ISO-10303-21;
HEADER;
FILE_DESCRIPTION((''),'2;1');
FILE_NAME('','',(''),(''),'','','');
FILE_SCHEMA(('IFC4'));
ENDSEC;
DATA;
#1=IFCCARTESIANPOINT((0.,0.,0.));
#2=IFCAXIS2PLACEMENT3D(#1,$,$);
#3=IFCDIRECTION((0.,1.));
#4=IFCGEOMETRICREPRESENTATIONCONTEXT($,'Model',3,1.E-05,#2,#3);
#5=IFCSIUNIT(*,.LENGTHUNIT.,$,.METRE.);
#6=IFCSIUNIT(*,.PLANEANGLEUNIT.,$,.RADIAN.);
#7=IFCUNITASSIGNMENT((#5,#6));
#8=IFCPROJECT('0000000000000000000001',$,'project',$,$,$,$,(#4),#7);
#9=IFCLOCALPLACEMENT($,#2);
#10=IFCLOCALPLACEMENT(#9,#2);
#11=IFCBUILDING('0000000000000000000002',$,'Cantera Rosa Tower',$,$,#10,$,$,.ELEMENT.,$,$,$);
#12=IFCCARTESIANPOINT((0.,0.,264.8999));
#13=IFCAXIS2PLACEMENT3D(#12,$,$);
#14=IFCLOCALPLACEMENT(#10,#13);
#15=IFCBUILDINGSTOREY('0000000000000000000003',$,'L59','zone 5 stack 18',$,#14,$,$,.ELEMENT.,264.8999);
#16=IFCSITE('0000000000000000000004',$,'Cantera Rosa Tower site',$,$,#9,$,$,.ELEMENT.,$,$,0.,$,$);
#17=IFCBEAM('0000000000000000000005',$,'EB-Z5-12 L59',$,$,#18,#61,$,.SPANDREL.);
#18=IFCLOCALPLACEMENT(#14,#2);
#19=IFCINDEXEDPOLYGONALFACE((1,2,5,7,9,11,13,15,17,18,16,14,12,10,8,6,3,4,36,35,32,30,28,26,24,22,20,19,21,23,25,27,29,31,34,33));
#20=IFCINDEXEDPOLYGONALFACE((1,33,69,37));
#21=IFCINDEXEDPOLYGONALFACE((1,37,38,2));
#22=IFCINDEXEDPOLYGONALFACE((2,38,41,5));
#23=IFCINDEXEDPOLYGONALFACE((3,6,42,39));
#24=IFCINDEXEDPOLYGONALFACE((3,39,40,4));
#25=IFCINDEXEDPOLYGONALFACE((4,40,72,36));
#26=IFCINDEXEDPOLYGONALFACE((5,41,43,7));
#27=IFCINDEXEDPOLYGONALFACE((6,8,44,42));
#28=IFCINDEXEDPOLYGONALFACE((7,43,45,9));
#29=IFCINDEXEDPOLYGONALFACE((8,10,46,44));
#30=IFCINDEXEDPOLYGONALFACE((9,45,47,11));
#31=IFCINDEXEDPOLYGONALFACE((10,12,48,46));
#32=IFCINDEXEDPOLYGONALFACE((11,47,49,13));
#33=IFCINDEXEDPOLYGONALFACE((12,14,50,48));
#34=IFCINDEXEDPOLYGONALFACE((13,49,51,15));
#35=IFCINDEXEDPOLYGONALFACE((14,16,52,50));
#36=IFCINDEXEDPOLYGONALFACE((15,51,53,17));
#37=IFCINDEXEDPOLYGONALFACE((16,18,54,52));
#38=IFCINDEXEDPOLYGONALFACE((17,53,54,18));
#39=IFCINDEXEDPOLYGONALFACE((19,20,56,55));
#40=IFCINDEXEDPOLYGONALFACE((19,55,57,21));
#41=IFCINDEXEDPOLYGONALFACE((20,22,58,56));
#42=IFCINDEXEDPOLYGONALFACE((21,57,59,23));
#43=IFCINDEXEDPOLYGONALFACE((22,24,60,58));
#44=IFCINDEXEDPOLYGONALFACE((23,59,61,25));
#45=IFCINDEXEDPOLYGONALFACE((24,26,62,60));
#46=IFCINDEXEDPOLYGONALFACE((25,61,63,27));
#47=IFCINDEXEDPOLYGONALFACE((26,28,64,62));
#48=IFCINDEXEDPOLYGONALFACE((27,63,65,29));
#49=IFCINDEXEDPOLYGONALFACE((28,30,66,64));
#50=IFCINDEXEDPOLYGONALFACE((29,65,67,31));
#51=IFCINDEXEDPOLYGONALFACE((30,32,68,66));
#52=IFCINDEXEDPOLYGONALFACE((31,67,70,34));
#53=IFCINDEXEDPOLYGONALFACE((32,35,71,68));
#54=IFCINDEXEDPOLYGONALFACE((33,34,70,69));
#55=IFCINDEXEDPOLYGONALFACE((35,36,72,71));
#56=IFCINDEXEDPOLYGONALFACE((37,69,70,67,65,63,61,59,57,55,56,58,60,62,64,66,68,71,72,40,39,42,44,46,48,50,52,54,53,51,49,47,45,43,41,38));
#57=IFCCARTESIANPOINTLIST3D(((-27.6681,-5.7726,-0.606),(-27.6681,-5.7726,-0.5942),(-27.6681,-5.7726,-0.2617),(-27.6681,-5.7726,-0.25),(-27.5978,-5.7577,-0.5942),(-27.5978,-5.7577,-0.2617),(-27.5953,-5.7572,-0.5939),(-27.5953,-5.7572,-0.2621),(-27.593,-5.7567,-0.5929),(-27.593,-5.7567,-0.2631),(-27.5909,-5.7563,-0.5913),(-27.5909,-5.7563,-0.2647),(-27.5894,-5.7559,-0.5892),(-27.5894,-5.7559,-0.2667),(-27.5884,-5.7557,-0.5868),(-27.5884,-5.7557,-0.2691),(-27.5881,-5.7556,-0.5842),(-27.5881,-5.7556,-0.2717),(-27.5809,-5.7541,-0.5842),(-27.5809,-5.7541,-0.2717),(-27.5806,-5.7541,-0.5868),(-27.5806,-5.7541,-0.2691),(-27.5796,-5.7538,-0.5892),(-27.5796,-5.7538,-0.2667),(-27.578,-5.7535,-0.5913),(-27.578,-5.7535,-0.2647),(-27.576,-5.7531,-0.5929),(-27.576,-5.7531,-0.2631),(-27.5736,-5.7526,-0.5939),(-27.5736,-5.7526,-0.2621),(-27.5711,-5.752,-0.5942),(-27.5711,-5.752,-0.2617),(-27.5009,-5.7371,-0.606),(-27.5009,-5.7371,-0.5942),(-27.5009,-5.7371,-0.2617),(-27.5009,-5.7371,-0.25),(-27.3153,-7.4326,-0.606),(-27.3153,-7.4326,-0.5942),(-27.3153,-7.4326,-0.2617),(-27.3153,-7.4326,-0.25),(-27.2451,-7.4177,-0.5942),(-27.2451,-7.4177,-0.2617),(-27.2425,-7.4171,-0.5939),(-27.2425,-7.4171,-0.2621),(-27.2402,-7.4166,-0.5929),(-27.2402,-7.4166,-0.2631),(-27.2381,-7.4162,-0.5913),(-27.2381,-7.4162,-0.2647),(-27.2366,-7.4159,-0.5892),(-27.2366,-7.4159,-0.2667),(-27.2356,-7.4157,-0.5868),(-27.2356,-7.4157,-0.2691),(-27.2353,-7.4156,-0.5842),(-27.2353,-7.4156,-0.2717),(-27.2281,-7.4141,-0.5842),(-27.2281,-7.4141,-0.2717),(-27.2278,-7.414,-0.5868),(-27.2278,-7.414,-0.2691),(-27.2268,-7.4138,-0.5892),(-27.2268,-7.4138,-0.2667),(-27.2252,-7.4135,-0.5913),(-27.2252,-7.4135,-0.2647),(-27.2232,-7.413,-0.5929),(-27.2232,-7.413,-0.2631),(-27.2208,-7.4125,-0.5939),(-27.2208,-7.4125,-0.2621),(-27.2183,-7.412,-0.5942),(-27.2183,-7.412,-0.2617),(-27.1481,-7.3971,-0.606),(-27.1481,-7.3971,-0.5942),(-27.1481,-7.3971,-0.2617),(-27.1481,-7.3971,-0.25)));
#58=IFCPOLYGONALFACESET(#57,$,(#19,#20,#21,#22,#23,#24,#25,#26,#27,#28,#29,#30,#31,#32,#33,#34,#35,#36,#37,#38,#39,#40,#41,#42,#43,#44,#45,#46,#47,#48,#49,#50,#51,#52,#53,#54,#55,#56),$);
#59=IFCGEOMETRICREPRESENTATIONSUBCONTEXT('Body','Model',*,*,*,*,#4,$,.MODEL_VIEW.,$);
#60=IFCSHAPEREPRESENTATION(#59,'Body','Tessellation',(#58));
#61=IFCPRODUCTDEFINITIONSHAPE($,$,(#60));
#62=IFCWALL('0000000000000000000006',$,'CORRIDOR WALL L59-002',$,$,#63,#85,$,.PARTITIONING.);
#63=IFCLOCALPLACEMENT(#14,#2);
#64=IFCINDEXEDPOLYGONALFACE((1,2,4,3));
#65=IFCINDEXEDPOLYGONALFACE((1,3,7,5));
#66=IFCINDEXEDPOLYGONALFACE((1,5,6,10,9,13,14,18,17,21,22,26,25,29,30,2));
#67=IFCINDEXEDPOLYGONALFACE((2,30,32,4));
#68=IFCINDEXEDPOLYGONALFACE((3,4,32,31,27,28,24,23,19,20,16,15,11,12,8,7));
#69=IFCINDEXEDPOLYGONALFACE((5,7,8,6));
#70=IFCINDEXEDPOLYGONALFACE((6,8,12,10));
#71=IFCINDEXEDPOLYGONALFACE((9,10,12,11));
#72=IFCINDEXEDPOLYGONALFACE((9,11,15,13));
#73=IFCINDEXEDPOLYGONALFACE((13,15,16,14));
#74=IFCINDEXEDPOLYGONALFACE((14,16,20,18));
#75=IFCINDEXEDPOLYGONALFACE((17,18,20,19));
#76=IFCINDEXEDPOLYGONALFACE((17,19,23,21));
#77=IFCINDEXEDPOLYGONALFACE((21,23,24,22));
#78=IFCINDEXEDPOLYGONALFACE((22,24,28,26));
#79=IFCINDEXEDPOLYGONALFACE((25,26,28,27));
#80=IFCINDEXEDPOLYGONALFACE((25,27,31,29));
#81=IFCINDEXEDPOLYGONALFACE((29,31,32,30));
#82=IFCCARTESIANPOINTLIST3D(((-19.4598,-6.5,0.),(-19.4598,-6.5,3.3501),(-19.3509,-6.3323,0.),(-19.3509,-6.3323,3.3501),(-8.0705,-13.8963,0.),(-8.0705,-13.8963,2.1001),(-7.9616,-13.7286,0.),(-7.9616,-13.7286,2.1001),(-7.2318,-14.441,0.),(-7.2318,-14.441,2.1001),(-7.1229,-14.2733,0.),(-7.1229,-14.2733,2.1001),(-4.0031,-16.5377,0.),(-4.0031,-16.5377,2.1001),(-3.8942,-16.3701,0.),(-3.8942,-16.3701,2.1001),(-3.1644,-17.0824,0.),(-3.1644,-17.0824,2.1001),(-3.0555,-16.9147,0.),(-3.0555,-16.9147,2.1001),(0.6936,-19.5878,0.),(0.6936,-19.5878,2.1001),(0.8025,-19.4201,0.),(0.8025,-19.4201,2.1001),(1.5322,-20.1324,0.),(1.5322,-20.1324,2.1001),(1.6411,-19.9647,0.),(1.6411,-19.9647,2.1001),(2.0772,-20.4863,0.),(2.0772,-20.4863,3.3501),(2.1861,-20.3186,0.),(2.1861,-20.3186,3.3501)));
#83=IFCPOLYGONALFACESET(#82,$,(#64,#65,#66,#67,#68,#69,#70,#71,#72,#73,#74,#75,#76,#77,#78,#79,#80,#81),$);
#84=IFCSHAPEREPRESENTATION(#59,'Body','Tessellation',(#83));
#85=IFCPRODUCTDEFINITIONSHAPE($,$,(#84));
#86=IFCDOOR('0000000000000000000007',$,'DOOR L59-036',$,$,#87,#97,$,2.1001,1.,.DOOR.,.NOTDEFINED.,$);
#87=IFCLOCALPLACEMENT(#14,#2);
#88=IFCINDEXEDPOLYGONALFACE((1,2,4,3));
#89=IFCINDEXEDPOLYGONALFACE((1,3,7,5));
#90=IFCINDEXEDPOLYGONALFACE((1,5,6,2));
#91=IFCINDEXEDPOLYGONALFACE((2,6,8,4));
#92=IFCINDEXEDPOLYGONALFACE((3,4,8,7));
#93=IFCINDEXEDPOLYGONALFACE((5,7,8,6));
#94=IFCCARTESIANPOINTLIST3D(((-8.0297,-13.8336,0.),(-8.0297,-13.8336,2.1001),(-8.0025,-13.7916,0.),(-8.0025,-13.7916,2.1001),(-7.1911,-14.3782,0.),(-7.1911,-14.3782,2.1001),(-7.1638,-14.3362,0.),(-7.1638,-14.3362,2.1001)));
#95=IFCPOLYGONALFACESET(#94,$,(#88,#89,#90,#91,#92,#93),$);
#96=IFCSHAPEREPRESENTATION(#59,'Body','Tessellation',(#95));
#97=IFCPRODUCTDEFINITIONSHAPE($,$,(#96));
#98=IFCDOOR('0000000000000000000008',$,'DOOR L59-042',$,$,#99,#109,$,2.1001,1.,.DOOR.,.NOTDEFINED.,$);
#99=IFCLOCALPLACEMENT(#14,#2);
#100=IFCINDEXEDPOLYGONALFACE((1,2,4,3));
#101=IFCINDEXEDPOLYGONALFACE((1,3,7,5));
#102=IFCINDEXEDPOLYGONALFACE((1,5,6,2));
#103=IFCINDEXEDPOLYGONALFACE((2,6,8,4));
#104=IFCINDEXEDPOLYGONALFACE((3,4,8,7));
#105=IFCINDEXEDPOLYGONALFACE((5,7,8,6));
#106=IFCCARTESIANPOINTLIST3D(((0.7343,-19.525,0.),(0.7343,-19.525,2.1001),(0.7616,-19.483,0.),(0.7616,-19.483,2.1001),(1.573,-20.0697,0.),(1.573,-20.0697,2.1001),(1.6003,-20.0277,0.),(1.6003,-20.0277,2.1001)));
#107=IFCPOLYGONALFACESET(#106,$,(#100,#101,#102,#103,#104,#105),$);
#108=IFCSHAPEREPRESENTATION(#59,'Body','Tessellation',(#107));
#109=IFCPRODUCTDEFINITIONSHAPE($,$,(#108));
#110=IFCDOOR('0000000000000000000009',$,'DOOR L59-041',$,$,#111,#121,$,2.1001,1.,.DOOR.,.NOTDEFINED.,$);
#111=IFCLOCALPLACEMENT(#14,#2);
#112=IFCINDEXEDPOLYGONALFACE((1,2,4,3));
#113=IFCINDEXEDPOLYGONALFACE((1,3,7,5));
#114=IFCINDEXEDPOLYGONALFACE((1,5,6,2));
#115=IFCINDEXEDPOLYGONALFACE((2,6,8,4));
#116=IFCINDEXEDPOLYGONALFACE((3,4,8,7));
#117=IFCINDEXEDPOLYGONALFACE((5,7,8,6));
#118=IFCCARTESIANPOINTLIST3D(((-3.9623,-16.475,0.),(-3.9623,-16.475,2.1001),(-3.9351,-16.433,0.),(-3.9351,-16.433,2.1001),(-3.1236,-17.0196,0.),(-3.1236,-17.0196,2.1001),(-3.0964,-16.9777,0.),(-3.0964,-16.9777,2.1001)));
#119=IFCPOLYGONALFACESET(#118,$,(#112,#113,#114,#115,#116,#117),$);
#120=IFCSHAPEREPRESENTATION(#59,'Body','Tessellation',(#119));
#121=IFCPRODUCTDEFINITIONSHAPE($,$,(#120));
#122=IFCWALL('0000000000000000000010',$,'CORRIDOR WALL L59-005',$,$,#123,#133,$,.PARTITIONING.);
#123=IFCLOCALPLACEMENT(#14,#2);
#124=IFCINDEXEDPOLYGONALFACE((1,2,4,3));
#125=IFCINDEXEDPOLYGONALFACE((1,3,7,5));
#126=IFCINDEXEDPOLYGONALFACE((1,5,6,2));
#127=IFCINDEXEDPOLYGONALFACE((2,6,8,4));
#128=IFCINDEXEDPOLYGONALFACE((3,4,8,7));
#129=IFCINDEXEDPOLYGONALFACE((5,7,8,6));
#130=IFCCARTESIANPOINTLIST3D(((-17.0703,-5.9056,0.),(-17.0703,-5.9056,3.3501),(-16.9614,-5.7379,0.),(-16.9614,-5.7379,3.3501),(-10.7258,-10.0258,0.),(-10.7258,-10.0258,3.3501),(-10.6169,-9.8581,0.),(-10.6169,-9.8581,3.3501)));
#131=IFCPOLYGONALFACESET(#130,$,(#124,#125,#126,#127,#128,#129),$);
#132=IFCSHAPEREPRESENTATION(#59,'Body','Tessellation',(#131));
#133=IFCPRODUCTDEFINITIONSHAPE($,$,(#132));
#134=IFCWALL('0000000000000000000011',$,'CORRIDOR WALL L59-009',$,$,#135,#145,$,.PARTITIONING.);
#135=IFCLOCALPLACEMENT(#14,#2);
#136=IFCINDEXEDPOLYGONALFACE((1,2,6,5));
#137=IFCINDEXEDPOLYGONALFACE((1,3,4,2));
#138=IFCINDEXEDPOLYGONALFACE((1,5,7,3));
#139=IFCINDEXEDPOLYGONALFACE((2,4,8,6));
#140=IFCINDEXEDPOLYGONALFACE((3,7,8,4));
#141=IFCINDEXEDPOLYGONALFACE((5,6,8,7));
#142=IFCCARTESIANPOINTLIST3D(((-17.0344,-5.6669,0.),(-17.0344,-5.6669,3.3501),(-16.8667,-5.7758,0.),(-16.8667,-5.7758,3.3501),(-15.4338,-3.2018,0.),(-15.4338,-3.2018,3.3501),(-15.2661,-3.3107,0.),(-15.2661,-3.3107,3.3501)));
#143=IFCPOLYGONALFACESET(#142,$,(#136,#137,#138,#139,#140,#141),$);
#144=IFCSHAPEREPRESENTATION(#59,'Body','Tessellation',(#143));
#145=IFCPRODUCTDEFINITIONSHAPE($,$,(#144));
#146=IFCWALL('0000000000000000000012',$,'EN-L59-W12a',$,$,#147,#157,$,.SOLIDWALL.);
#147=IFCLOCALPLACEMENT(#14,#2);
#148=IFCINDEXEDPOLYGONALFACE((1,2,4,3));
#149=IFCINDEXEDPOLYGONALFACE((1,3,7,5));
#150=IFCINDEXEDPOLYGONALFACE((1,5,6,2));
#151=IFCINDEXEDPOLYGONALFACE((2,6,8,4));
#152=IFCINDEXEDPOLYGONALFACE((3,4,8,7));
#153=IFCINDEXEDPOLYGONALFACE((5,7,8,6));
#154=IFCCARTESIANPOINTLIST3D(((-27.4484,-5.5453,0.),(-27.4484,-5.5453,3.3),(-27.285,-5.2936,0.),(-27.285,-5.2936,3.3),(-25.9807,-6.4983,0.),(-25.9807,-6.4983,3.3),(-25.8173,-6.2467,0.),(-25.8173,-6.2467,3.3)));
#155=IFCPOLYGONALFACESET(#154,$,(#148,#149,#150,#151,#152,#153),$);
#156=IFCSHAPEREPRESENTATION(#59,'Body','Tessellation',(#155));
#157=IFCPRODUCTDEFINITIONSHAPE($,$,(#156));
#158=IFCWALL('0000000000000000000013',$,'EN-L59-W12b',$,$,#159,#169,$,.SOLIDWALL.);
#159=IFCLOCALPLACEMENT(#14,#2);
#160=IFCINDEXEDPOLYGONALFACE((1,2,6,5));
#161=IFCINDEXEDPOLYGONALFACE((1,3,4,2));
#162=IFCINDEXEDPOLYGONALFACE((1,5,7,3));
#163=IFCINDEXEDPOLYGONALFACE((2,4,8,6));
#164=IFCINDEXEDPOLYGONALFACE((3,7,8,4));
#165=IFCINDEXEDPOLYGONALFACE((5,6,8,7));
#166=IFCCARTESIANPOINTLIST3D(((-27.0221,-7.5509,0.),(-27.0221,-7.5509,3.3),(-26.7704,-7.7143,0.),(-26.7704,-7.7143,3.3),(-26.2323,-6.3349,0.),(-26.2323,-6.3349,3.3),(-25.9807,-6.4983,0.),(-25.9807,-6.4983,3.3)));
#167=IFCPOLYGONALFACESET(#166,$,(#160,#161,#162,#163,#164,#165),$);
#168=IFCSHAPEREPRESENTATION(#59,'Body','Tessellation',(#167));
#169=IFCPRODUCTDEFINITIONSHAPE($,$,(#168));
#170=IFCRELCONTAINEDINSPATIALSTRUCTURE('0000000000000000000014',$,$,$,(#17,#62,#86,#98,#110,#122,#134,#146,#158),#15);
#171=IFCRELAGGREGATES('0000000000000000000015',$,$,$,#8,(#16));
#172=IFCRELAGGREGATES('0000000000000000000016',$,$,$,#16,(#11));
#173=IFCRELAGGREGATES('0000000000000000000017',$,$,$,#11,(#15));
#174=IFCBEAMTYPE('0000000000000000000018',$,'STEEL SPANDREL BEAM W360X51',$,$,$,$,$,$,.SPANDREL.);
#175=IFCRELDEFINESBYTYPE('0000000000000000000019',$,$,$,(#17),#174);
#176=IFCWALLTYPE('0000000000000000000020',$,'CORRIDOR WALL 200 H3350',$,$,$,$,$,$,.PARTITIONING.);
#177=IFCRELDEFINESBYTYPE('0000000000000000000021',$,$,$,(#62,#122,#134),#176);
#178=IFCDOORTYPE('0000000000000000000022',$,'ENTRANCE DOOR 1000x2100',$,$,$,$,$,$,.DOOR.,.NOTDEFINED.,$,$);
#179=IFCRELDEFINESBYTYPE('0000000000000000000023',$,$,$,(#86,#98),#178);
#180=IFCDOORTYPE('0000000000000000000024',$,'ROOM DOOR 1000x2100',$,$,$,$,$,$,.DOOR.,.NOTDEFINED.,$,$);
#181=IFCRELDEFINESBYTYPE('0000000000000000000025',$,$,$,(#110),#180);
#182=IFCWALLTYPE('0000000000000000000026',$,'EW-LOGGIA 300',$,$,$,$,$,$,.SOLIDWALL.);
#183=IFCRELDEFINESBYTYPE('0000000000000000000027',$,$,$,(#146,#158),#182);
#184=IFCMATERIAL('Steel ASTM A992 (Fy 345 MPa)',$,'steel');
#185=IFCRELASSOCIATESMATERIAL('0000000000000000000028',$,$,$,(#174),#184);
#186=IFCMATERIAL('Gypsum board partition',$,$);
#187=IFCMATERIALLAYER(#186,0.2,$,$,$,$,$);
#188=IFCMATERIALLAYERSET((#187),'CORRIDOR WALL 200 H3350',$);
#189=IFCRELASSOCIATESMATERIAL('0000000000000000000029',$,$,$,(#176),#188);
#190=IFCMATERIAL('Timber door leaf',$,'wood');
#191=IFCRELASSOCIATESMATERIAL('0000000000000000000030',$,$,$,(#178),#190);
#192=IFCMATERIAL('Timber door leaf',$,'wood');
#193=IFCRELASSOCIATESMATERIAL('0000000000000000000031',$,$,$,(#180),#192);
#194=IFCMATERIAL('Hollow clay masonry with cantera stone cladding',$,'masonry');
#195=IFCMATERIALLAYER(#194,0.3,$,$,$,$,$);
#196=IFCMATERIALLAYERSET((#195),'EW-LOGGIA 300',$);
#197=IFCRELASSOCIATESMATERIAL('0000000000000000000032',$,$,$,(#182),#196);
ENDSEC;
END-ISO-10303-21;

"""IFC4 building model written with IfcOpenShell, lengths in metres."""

from ifc_helpers import new_model, si_unit, direction, frame, frame_2d, origin, origin_2d, place, context, subcontext, project, spatial, rectangle, i_section, extrude, material, layer, layer_set, material_profile, profile_set, type_object, element, fill, save


model = new_model("IFC4")

# Units and contexts
model_context = context("Model", 3, precision=1e-05, world=origin(), true_north=direction((0.0, 1.0)))
body_context = subcontext(model_context, "Body", "Model", "MODEL_VIEW")
ifc_project = project(units=[si_unit("LENGTHUNIT", "METRE"), si_unit("PLANEANGLEUNIT", "RADIAN")], contexts=[model_context])

# Site, building, storey
site_placement = place(None, origin())
site = spatial("IfcSite", under=ifc_project, at=site_placement, Name="Cantera Rosa Tower site", CompositionType="ELEMENT", RefElevation=0.0)
building_placement = place(site_placement, origin())
building = spatial("IfcBuilding", under=site, at=building_placement, Name="Cantera Rosa Tower", CompositionType="ELEMENT")
storey_placement = place(building_placement, frame((0.0, 0.0, 264.8999)))
storey = spatial("IfcBuildingStorey", under=building, at=storey_placement, Name="L59", Description="zone 5 stack 18", CompositionType="ELEMENT", Elevation=264.8999)

# Beam
ifc_material_1 = material(Name="Steel ASTM A992 (Fy 345 MPa)", Category="steel")
ifc_material_profile_1 = material_profile(ifc_material_1, i_section(OverallWidth=0.1709, OverallDepth=0.356, WebThickness=0.0073, FlangeThickness=0.0117, FilletRadius=0.01, at=origin_2d()), Name="W360X51")
ifc_profile_set_1 = profile_set([ifc_material_profile_1], Name="Steel ASTM A992 (Fy 345 MPa)")
beam_type_1 = type_object("IfcBeamType", Name="STEEL SPANDREL BEAM W360X51", PredefinedType="SPANDREL", material=ifc_profile_set_1)
beam_1_placement = place(storey_placement, frame((-27.5845, -5.7549, -0.428), z_axis=(0.207888, -0.978153, 0.0), x_axis=(0.978153, 0.207888, 0.0)))
element("IfcBeam", 1, at=beam_1_placement, inside=storey, type_object=beam_type_1, Name="EB-Z5-12 L59", PredefinedType="SPANDREL", context=body_context, shape_type="SweptSolid", body=[
    extrude(i_section(OverallWidth=0.1709, OverallDepth=0.356, WebThickness=0.0073, FlangeThickness=0.0117, FilletRadius=0.01, at=origin_2d()), origin(), (0.0, 0.0, 1.0), 1.697),
])

# Wall, openings, doors
ifc_material_2 = material(Name="Gypsum board partition")
ifc_layer_1 = layer(ifc_material_2, 0.2)
ifc_layer_set_1 = layer_set([ifc_layer_1], Name="CORRIDOR WALL 200 H3350")
wall_type_1 = type_object("IfcWallType", Name="CORRIDOR WALL 200 H3350", PredefinedType="PARTITIONING", material=ifc_layer_set_1)
wall_1_placement = place(storey_placement, frame((-19.4053, -6.4163, 0.0), z_axis=(0.0, 0.0, 1.0), x_axis=(0.838671, -0.544638, 0.0)))
wall_1 = element("IfcWall", 2, at=wall_1_placement, inside=storey, type_object=wall_type_1, Name="CORRIDOR WALL L59-002", PredefinedType="PARTITIONING", context=body_context, shape_type="SweptSolid", body=[
    extrude(rectangle(XDim=25.6799, YDim=0.2, at=frame_2d((12.8398, 0.0))), origin(), (0.0, 0.0, 1.0), 3.3501),
])
opening_1_placement = place(wall_1_placement, frame((13.5801, 0.0, 0.0)))
opening_1 = element("IfcOpeningElement", 3, at=opening_1_placement, cuts=wall_1, PredefinedType="OPENING", context=body_context, shape_type="SweptSolid", body=[
    extrude(rectangle(XDim=1.0, YDim=2.1001, at=frame_2d((0.5, 1.05))), frame((0.0, 0.1099, 0.0), z_axis=(0.0, -1.0, 0.0), x_axis=(1.0, 0.0, 0.0)), (0.0, 0.0, 1.0), 0.22),
])
opening_2_placement = place(wall_1_placement, frame((18.4299, 0.0, 0.0)))
opening_2 = element("IfcOpeningElement", 4, at=opening_2_placement, cuts=wall_1, PredefinedType="OPENING", context=body_context, shape_type="SweptSolid", body=[
    extrude(rectangle(XDim=1.0, YDim=2.1001, at=frame_2d((0.5, 1.05))), frame((0.0, 0.1099, 0.0), z_axis=(0.0, -1.0, 0.0), x_axis=(1.0, 0.0, 0.0)), (0.0, 0.0, 1.0), 0.22),
])
opening_3_placement = place(wall_1_placement, frame((24.03, 0.0, 0.0)))
opening_3 = element("IfcOpeningElement", 5, at=opening_3_placement, cuts=wall_1, PredefinedType="OPENING", context=body_context, shape_type="SweptSolid", body=[
    extrude(rectangle(XDim=1.0, YDim=2.1001, at=frame_2d((0.5, 1.05))), frame((0.0, 0.1099, 0.0), z_axis=(0.0, -1.0, 0.0), x_axis=(1.0, 0.0, 0.0)), (0.0, 0.0, 1.0), 0.22),
])
ifc_material_3 = material(Name="Timber door leaf", Category="wood")
door_type_1 = type_object("IfcDoorType", Name="ENTRANCE DOOR 1000x2100", OperationType="NOTDEFINED", PredefinedType="DOOR", material=ifc_material_3)
door_1_placement = place(opening_1_placement, origin())
door_1 = element("IfcDoor", 6, at=door_1_placement, inside=storey, type_object=door_type_1, Name="DOOR L59-036", OperationType="NOTDEFINED", OverallHeight=2.1001, OverallWidth=1.0, PredefinedType="DOOR", context=body_context, shape_type="SweptSolid", body=[
    extrude(rectangle(XDim=1.0, YDim=2.1001, at=frame_2d((0.5, 1.05))), frame((0.0, 0.0249, 0.0), z_axis=(0.0, -1.0, 0.0), x_axis=(1.0, 0.0, 0.0)), (0.0, 0.0, 1.0), 0.05),
])
fill(opening_1, door_1)
door_2_placement = place(opening_3_placement, origin())
door_2 = element("IfcDoor", 7, at=door_2_placement, inside=storey, type_object=door_type_1, Name="DOOR L59-042", OperationType="NOTDEFINED", OverallHeight=2.1001, OverallWidth=1.0, PredefinedType="DOOR", context=body_context, shape_type="SweptSolid", body=[
    extrude(rectangle(XDim=1.0, YDim=2.1001, at=frame_2d((0.5, 1.05))), frame((0.0, 0.0249, 0.0), z_axis=(0.0, -1.0, 0.0), x_axis=(1.0, 0.0, 0.0)), (0.0, 0.0, 1.0), 0.05),
])
fill(opening_3, door_2)
ifc_material_4 = material(Name="Timber door leaf", Category="wood")
door_type_2 = type_object("IfcDoorType", Name="ROOM DOOR 1000x2100", OperationType="NOTDEFINED", PredefinedType="DOOR", material=ifc_material_4)
door_3_placement = place(opening_2_placement, origin())
door_3 = element("IfcDoor", 8, at=door_3_placement, inside=storey, type_object=door_type_2, Name="DOOR L59-041", OperationType="NOTDEFINED", OverallHeight=2.1001, OverallWidth=1.0, PredefinedType="DOOR", context=body_context, shape_type="SweptSolid", body=[
    extrude(rectangle(XDim=1.0, YDim=2.1001, at=frame_2d((0.5, 1.05))), frame((0.0, 0.0249, 0.0), z_axis=(0.0, -1.0, 0.0), x_axis=(1.0, 0.0, 0.0)), (0.0, 0.0, 1.0), 0.05),
])
fill(opening_2, door_3)

# Walls
wall_2_placement = place(storey_placement, frame((-17.0159, -5.8218, 0.0), z_axis=(0.0, 0.0, 1.0), x_axis=(0.838673, -0.544636, 0.0)))
element("IfcWall", 9, at=wall_2_placement, inside=storey, type_object=wall_type_1, Name="CORRIDOR WALL L59-005", PredefinedType="PARTITIONING", context=body_context, shape_type="SweptSolid", body=[
    extrude(rectangle(XDim=7.5649, YDim=0.2, at=frame_2d((3.7825, 0.0))), origin(), (0.0, 0.0, 1.0), 3.3501),
])
wall_3_placement = place(storey_placement, frame((-15.3499, -3.2561, 0.0), z_axis=(0.0, 0.0, 1.0), x_axis=(-0.544577, -0.838711, 0.0)))
element("IfcWall", 10, at=wall_3_placement, inside=storey, type_object=wall_type_1, Name="CORRIDOR WALL L59-009", PredefinedType="PARTITIONING", context=body_context, shape_type="SweptSolid", body=[
    extrude(rectangle(XDim=2.9392, YDim=0.2, at=frame_2d((1.4697, 0.0))), origin(), (0.0, 0.0, 1.0), 3.3501),
])
ifc_material_5 = material(Name="Hollow clay masonry with cantera stone cladding", Category="masonry")
ifc_layer_2 = layer(ifc_material_5, 0.3)
ifc_layer_set_2 = layer_set([ifc_layer_2], Name="EW-LOGGIA 300")
wall_type_2 = type_object("IfcWallType", Name="EW-LOGGIA 300", PredefinedType="SOLIDWALL", material=ifc_layer_set_2)
wall_4_placement = place(storey_placement, frame((-27.3667, -5.4194, 0.0), z_axis=(0.0, 0.0, 1.0), x_axis=(0.838686, -0.544616, 0.0)))
element("IfcWall", 11, at=wall_4_placement, inside=storey, type_object=wall_type_2, Name="EN-L59-W12a", PredefinedType="SOLIDWALL", context=body_context, shape_type="SweptSolid", body=[
    extrude(rectangle(XDim=1.75, YDim=0.3, at=frame_2d((0.875, 0.0))), origin(), (0.0, 0.0, 1.0), 3.3),
])
wall_5_placement = place(storey_placement, frame((-26.1064, -6.4165, 0.0), z_axis=(0.0, 0.0, 1.0), x_axis=(-0.544675, -0.838647, 0.0)))
element("IfcWall", 12, at=wall_5_placement, inside=storey, type_object=wall_type_2, Name="EN-L59-W12b", PredefinedType="SOLIDWALL", context=body_context, shape_type="SweptSolid", body=[
    extrude(rectangle(XDim=1.45, YDim=0.3, at=frame_2d((0.7251, 0.0))), origin(), (0.0, 0.0, 1.0), 3.3),
])

save(model, "model.ifc")
